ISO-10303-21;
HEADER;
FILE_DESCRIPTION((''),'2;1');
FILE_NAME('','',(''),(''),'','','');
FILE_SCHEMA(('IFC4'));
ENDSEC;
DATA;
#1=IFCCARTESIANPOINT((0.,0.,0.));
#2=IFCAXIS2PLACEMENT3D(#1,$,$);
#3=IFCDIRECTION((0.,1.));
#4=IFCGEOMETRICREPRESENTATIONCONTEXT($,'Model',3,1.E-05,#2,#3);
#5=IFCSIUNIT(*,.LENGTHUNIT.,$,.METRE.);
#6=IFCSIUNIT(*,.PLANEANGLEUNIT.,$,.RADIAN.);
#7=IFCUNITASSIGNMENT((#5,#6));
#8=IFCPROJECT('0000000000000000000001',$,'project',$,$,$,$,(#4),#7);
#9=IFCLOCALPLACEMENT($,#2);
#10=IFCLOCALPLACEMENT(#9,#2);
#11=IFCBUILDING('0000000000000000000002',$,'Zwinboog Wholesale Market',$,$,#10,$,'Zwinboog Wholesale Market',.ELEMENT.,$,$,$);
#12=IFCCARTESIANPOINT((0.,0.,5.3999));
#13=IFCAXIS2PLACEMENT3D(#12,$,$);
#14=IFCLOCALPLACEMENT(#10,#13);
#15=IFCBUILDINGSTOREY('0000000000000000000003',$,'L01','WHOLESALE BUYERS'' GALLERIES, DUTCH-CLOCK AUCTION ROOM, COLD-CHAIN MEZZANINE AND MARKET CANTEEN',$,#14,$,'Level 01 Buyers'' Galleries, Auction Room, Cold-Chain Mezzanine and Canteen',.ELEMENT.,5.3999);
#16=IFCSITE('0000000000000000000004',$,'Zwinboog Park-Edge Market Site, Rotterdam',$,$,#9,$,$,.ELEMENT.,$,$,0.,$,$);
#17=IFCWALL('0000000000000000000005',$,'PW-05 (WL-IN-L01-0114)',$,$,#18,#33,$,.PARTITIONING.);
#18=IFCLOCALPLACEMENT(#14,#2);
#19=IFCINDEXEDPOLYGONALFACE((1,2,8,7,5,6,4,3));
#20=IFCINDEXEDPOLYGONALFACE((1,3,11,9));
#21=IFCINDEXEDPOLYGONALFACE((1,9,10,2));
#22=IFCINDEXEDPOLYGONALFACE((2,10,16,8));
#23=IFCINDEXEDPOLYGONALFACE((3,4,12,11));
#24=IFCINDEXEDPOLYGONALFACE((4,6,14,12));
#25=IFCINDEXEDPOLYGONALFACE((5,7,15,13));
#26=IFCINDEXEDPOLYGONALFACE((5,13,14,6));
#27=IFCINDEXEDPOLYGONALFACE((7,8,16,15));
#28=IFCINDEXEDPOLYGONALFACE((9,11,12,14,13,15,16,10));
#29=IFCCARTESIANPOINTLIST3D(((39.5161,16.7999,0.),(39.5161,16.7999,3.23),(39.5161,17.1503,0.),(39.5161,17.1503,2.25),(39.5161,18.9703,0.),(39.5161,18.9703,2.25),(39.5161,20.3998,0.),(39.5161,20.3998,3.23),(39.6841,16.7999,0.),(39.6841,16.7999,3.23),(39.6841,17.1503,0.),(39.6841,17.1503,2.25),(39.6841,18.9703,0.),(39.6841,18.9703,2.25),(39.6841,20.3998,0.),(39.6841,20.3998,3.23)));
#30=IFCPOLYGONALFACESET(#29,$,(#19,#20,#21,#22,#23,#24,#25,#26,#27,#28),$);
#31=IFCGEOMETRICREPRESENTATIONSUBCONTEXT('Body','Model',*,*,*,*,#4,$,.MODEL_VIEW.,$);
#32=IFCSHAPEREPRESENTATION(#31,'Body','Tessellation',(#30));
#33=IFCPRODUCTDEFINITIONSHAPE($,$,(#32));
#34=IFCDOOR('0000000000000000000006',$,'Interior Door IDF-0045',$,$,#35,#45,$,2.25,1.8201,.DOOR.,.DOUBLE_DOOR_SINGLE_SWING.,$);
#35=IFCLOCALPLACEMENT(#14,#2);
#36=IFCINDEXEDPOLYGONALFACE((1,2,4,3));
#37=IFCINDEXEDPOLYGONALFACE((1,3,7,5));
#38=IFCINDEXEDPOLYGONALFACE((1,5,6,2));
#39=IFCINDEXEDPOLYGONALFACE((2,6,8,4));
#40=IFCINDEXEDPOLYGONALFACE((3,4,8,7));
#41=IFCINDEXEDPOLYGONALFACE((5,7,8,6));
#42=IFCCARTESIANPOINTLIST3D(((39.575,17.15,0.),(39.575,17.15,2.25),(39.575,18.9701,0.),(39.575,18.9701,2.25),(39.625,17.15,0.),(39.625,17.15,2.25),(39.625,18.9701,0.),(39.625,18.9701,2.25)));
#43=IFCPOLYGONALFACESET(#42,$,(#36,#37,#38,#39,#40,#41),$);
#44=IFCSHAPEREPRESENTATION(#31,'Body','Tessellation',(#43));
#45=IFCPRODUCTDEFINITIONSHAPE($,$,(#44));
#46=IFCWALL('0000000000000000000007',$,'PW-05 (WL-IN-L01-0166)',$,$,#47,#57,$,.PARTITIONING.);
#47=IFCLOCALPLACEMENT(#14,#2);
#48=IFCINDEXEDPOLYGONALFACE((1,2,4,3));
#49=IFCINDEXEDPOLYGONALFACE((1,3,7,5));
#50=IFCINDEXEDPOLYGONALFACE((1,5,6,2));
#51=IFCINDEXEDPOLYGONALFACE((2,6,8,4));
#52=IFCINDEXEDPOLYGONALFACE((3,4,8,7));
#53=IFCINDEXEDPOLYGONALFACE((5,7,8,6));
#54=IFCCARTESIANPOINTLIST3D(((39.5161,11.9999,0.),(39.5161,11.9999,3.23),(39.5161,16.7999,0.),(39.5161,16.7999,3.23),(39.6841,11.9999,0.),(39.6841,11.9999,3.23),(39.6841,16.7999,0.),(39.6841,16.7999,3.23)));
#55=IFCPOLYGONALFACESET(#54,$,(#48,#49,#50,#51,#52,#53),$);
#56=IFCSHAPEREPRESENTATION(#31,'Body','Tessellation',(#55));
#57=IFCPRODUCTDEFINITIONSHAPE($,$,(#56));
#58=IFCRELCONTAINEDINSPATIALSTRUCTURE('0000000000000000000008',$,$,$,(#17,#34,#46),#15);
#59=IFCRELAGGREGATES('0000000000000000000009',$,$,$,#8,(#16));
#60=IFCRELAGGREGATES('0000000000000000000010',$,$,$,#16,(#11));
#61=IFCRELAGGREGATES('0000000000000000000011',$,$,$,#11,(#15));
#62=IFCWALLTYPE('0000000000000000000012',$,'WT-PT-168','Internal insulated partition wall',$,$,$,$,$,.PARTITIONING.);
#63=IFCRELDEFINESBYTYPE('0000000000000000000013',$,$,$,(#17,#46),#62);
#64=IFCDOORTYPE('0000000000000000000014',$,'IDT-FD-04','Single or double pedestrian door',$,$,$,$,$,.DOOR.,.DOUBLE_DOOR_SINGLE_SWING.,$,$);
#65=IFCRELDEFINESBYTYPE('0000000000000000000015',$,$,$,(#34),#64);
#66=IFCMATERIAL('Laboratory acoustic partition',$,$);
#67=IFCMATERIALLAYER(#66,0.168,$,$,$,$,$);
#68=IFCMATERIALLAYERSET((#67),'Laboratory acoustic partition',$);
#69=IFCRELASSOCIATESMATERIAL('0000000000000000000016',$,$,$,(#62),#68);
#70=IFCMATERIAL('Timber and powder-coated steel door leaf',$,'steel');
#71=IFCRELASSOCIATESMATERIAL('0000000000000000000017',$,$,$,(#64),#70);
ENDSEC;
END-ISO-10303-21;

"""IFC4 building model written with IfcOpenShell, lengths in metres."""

from ifc_helpers import new_model, si_unit, direction, frame, frame_2d, origin, place, context, subcontext, project, spatial, rectangle, extrude, material, layer, layer_set, type_object, element, fill, save


model = new_model("IFC4")

# Units and contexts
model_context = context("Model", 3, precision=1e-05, world=origin(), true_north=direction((0.0, 1.0)))
body_context = subcontext(model_context, "Body", "Model", "MODEL_VIEW")
ifc_project = project(units=[si_unit("LENGTHUNIT", "METRE"), si_unit("PLANEANGLEUNIT", "RADIAN")], contexts=[model_context])

# Site, building, storey
site_placement = place(None, origin())
site = spatial("IfcSite", under=ifc_project, at=site_placement, Name="Zwinboog Park-Edge Market Site, Rotterdam", CompositionType="ELEMENT", RefElevation=0.0)
building_placement = place(site_placement, origin())
building = spatial("IfcBuilding", under=site, at=building_placement, Name="Zwinboog Wholesale Market", LongName="Zwinboog Wholesale Market", CompositionType="ELEMENT")
storey_placement = place(building_placement, frame((0.0, 0.0, 5.3999)))
storey = spatial("IfcBuildingStorey", under=building, at=storey_placement, Name="L01", Description="WHOLESALE BUYERS' GALLERIES, DUTCH-CLOCK AUCTION ROOM, COLD-CHAIN MEZZANINE AND MARKET CANTEEN", LongName="Level 01 Buyers' Galleries, Auction Room, Cold-Chain Mezzanine and Canteen", CompositionType="ELEMENT", Elevation=5.3999)

# Wall, opening, door
ifc_material_1 = material(Name="Laboratory acoustic partition")
ifc_layer_1 = layer(ifc_material_1, 0.168)
ifc_layer_set_1 = layer_set([ifc_layer_1], Name="Laboratory acoustic partition")
wall_type_1 = type_object("IfcWallType", Name="WT-PT-168", Description="Internal insulated partition wall", PredefinedType="PARTITIONING", material=ifc_layer_set_1)
wall_1_placement = place(storey_placement, frame((39.6001, 16.8, 0.0), z_axis=(0.0, 0.0, 1.0), x_axis=(0.0, 1.0, 0.0)))
wall_1 = element("IfcWall", 1, at=wall_1_placement, inside=storey, type_object=wall_type_1, Name="PW-05 (WL-IN-L01-0114)", PredefinedType="PARTITIONING", context=body_context, shape_type="SweptSolid", body=[
    extrude(rectangle(XDim=3.5999, YDim=0.168, at=frame_2d((1.7998, 0.0))), origin(), (0.0, 0.0, 1.0), 3.23),
])
opening_1_placement = place(wall_1_placement, frame((0.3501, 0.0, 0.0)))
opening_1 = element("IfcOpeningElement", 2, at=opening_1_placement, cuts=wall_1, PredefinedType="OPENING", context=body_context, shape_type="SweptSolid", body=[
    extrude(rectangle(XDim=1.8201, YDim=2.25, at=frame_2d((0.9102, 1.125))), frame((0.0, 0.094, 0.0), z_axis=(0.0, -1.0, 0.0), x_axis=(1.0, 0.0, 0.0)), (0.0, 0.0, 1.0), 0.188),
])
ifc_material_2 = material(Name="Timber and powder-coated steel door leaf", Category="steel")
door_type = type_object("IfcDoorType", Name="IDT-FD-04", Description="Single or double pedestrian door", OperationType="DOUBLE_DOOR_SINGLE_SWING", PredefinedType="DOOR", material=ifc_material_2)
door_placement = place(opening_1_placement, frame((1.8201, 0.0, 0.0), z_axis=(0.0, 0.0, 1.0), x_axis=(-1.0, 0.0, 0.0)))
door = element("IfcDoor", 3, at=door_placement, inside=storey, type_object=door_type, Name="Interior Door IDF-0045", OperationType="DOUBLE_DOOR_SINGLE_SWING", OverallHeight=2.25, OverallWidth=1.8201, PredefinedType="DOOR", context=body_context, shape_type="SweptSolid", body=[
    extrude(rectangle(XDim=1.8201, YDim=2.25, at=frame_2d((0.9102, 1.125))), frame((0.0, 0.0249, 0.0), z_axis=(0.0, -1.0, 0.0), x_axis=(1.0, 0.0, 0.0)), (0.0, 0.0, 1.0), 0.05),
])
fill(opening_1, door)

# Wall
wall_2_placement = place(storey_placement, frame((39.6001, 12.0, 0.0), z_axis=(0.0, 0.0, 1.0), x_axis=(0.0, 1.0, 0.0)))
element("IfcWall", 4, at=wall_2_placement, inside=storey, type_object=wall_type_1, Name="PW-05 (WL-IN-L01-0166)", PredefinedType="PARTITIONING", context=body_context, shape_type="SweptSolid", body=[
    extrude(rectangle(XDim=4.8, YDim=0.168, at=frame_2d((2.3999, 0.0))), origin(), (0.0, 0.0, 1.0), 3.23),
])

save(model, "model.ifc")
